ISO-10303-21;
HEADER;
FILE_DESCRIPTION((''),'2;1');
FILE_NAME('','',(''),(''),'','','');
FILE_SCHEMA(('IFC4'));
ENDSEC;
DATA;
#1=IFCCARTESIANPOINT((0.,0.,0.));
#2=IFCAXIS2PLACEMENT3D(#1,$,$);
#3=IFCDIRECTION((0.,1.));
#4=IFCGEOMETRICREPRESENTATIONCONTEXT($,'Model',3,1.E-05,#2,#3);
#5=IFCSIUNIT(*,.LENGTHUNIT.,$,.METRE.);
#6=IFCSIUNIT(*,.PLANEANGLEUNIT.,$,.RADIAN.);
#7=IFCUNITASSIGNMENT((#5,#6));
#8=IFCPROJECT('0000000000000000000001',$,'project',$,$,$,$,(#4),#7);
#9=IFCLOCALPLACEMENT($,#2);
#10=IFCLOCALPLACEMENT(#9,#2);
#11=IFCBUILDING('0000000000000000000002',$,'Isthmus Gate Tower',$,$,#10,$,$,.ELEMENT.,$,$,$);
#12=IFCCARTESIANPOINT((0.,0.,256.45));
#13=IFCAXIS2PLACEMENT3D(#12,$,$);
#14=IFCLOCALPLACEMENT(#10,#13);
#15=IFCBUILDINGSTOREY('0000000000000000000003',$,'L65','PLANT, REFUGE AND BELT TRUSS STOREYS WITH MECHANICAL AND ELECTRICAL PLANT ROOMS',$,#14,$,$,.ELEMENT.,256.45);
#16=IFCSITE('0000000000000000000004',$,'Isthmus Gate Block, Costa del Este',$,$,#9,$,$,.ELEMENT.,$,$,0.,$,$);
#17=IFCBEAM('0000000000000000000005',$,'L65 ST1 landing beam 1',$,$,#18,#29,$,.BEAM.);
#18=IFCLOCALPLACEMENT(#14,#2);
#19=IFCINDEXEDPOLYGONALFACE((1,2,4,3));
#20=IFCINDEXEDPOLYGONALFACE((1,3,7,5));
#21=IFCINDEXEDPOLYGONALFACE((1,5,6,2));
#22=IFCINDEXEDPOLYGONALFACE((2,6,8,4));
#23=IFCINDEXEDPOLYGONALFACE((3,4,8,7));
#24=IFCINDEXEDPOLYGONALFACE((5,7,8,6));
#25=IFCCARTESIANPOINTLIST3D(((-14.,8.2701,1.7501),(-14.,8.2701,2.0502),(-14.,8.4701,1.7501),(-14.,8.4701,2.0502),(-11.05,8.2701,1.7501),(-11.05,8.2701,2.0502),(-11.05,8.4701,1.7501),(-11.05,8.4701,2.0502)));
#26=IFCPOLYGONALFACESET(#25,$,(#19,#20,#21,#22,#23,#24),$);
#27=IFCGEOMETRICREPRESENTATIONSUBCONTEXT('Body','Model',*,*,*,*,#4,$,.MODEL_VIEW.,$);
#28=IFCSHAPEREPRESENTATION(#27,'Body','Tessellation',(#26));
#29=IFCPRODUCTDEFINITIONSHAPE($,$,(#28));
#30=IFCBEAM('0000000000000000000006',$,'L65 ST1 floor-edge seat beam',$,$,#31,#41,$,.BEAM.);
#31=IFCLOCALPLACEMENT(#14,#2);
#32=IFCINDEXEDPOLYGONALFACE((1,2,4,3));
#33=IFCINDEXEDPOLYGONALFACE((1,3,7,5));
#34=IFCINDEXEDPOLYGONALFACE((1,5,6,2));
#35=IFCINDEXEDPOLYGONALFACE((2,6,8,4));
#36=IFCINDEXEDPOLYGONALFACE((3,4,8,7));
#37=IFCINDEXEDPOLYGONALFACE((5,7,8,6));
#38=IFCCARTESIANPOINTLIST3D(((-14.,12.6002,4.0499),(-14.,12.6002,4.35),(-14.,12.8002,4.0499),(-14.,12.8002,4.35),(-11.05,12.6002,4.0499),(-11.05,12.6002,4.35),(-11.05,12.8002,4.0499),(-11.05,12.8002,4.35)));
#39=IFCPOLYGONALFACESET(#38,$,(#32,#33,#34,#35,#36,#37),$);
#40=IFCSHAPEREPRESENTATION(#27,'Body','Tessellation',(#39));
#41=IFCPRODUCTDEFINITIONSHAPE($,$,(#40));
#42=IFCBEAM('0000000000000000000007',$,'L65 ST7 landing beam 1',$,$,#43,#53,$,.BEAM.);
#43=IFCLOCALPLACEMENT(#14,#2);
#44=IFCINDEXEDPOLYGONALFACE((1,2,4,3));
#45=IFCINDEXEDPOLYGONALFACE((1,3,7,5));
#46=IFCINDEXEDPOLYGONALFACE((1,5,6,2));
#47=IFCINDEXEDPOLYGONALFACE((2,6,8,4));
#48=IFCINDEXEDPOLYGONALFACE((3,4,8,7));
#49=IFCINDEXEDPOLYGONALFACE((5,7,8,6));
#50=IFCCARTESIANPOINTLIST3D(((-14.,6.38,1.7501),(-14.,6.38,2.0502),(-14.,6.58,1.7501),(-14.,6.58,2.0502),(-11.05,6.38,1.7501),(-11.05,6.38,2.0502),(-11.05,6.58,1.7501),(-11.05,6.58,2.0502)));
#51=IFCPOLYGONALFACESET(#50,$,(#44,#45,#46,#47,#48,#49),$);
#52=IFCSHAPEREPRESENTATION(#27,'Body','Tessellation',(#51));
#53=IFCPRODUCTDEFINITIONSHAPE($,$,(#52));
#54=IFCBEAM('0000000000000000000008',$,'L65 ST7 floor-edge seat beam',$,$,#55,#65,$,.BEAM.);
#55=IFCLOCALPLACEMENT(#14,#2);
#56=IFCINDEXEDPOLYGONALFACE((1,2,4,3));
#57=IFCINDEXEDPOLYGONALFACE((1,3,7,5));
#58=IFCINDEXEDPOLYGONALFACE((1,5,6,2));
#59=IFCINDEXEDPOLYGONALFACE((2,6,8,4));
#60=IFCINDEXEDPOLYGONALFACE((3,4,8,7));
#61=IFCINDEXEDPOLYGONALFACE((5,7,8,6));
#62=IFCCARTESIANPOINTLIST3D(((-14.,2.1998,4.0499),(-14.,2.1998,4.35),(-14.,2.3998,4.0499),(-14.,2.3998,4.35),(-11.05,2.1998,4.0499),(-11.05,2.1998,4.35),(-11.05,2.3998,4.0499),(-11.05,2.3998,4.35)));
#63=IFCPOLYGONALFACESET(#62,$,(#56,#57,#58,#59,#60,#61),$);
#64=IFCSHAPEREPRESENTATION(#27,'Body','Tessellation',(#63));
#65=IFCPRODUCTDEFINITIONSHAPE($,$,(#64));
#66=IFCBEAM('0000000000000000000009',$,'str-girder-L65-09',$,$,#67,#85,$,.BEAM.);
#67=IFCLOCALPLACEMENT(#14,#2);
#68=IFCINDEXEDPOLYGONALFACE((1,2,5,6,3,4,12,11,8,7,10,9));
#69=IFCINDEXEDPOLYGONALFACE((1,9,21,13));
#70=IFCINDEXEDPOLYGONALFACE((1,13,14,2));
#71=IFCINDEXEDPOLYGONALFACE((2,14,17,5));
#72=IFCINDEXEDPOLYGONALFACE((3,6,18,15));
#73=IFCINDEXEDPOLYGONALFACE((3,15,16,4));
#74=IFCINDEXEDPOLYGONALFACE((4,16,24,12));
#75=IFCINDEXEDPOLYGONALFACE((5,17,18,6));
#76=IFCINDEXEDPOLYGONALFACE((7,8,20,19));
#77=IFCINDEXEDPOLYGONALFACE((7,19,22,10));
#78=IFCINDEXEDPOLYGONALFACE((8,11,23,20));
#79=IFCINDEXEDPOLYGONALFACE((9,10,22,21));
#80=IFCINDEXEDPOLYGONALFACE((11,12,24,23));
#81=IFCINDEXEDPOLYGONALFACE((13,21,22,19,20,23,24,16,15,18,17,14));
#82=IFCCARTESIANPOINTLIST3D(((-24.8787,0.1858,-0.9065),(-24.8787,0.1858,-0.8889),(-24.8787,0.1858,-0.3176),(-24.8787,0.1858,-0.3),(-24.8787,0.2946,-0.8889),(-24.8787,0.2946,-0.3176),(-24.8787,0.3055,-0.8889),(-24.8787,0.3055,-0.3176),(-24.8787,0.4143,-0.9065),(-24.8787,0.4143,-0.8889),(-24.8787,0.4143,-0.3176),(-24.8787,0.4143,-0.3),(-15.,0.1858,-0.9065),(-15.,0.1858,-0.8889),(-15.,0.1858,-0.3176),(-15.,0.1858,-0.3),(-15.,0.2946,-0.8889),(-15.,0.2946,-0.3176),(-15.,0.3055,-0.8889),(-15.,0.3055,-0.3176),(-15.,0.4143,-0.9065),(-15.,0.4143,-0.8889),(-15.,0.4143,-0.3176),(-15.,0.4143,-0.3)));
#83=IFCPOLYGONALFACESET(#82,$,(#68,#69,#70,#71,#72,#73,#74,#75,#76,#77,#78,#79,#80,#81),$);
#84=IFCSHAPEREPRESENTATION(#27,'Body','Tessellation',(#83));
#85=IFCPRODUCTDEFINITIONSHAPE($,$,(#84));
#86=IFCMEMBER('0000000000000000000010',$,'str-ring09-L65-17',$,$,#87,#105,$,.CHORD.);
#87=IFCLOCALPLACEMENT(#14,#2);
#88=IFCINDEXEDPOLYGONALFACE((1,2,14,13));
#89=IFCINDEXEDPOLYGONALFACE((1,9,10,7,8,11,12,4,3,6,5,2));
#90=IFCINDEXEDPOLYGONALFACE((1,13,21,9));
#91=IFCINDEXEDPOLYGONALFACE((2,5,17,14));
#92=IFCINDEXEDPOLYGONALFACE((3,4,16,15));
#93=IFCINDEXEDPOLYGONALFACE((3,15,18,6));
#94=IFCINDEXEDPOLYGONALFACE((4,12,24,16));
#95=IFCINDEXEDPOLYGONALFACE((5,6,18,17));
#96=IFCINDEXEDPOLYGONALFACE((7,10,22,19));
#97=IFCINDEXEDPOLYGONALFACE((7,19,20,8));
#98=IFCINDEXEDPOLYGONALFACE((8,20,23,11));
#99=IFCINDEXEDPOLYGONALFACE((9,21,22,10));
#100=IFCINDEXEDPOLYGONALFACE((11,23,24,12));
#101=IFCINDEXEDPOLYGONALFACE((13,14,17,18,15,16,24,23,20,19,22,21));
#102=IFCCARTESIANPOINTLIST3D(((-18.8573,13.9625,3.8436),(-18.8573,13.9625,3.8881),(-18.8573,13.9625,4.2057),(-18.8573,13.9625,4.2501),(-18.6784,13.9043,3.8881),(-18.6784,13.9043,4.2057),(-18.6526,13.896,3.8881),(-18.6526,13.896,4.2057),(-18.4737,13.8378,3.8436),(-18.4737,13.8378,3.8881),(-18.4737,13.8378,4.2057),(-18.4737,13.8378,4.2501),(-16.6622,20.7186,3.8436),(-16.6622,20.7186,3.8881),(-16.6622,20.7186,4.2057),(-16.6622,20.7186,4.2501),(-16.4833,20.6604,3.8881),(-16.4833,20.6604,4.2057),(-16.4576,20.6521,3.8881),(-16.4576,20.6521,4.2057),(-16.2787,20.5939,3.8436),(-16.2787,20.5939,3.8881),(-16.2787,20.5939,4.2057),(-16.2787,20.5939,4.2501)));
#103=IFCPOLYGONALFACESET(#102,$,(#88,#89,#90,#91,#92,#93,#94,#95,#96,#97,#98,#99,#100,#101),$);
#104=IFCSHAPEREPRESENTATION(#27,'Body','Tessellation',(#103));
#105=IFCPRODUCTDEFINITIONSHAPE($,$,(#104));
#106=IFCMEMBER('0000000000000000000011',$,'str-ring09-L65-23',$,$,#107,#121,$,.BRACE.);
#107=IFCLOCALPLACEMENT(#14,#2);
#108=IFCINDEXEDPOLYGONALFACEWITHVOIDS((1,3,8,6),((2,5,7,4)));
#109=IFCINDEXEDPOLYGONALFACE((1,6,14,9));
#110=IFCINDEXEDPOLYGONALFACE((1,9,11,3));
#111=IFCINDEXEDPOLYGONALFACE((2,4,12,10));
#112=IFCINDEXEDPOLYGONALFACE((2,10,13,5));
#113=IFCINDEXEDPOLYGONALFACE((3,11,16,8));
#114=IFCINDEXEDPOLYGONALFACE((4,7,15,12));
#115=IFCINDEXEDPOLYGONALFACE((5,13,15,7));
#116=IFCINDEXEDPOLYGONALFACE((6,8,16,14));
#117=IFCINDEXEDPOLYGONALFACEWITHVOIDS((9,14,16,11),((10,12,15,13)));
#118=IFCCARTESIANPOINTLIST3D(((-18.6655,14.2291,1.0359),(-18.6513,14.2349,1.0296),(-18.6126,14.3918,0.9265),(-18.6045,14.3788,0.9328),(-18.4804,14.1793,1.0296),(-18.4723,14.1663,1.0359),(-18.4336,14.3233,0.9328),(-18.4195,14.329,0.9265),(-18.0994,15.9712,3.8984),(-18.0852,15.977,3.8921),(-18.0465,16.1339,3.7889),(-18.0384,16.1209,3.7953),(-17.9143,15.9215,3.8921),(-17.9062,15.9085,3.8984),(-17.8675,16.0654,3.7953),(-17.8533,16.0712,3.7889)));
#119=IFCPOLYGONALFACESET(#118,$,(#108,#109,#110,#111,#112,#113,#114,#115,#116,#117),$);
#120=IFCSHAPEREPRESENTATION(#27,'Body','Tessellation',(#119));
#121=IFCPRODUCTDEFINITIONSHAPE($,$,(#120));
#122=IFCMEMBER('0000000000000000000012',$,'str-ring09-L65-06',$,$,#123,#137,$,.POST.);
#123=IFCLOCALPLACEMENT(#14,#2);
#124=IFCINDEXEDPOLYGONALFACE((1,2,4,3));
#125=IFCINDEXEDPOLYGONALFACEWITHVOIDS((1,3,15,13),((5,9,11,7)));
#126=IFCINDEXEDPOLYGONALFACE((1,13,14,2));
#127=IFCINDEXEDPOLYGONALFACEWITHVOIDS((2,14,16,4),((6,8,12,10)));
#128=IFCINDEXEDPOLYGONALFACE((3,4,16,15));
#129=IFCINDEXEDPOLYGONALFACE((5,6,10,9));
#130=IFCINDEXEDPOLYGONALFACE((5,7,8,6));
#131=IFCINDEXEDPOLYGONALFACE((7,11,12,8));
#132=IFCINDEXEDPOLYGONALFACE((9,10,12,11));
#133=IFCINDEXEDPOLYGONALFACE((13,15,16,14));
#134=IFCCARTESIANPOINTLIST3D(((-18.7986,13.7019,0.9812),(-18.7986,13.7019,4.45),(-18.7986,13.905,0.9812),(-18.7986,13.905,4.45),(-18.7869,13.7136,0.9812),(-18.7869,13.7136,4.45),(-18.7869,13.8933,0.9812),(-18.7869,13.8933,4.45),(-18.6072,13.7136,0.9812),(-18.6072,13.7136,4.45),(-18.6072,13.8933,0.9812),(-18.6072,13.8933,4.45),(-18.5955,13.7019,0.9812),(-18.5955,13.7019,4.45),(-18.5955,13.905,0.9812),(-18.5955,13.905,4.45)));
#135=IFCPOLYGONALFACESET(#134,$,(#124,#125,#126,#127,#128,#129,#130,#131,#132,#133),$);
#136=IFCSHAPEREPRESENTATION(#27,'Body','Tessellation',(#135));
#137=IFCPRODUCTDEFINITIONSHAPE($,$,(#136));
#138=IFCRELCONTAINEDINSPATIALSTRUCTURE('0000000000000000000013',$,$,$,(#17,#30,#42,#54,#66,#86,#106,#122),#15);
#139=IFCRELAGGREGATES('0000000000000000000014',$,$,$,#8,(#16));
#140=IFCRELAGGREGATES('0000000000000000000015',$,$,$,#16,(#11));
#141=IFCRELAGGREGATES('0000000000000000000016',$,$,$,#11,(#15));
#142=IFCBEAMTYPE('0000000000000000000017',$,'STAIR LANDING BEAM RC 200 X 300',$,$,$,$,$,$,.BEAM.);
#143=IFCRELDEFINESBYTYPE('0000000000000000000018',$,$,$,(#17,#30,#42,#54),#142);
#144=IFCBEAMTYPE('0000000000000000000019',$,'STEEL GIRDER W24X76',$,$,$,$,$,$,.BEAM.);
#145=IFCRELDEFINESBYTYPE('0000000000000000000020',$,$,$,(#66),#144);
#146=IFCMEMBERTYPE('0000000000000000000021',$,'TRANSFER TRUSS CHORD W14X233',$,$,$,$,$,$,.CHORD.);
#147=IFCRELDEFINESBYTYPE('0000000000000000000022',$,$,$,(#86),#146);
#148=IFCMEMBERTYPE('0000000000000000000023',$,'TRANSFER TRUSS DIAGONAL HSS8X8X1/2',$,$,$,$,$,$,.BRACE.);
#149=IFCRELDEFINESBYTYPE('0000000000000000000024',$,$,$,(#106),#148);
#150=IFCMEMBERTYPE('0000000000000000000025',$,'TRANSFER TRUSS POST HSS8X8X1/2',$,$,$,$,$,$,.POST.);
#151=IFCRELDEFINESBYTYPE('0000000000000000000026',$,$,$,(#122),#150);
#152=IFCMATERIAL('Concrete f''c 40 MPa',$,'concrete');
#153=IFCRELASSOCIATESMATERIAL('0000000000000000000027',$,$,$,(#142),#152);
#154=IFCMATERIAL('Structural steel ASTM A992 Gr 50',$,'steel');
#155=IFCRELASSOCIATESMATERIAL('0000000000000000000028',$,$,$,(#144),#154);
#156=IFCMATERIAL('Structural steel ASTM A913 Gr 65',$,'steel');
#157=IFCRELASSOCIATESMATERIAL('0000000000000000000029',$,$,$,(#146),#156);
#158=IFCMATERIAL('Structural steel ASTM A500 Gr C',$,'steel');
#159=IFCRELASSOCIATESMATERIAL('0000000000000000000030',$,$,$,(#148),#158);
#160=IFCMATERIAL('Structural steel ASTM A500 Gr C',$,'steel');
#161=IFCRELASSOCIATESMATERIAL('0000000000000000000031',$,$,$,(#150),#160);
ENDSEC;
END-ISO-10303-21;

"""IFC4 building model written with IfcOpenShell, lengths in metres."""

from ifc_helpers import new_model, si_unit, direction, frame, origin, origin_2d, place, context, subcontext, project, spatial, rectangle, hollow_rectangle, i_section, extrude, material, material_profile, profile_set, type_object, element, save


model = new_model("IFC4")

# Units and contexts
model_context = context("Model", 3, precision=1e-05, world=origin(), true_north=direction((0.0, 1.0)))
body_context = subcontext(model_context, "Body", "Model", "MODEL_VIEW")
ifc_project = project(units=[si_unit("LENGTHUNIT", "METRE"), si_unit("PLANEANGLEUNIT", "RADIAN")], contexts=[model_context])

# Site, building, storey
site_placement = place(None, origin())
site = spatial("IfcSite", under=ifc_project, at=site_placement, Name="Isthmus Gate Block, Costa del Este", CompositionType="ELEMENT", RefElevation=0.0)
building_placement = place(site_placement, origin())
building = spatial("IfcBuilding", under=site, at=building_placement, Name="Isthmus Gate Tower", CompositionType="ELEMENT")
storey_placement = place(building_placement, frame((0.0, 0.0, 256.45)))
storey = spatial("IfcBuildingStorey", under=building, at=storey_placement, Name="L65", Description="PLANT, REFUGE AND BELT TRUSS STOREYS WITH MECHANICAL AND ELECTRICAL PLANT ROOMS", CompositionType="ELEMENT", Elevation=256.45)

# Beams
ifc_material_1 = material(Name="Concrete f'c 40 MPa", Category="concrete")
ifc_material_profile_1 = material_profile(ifc_material_1, rectangle(XDim=0.2, YDim=0.3, at=origin_2d()), Name="STAIR LANDING BEAM RC 200 X 300")
ifc_profile_set_1 = profile_set([ifc_material_profile_1], Name="Concrete f'c 40 MPa")
beam_type_1 = type_object("IfcBeamType", Name="STAIR LANDING BEAM RC 200 X 300", PredefinedType="BEAM", material=ifc_profile_set_1)
for number, where, z_axis, x_axis, name in (
    (1, (-14.0, 8.3701, 1.9001), (1.0, 0.0, 0.0), (0.0, 1.0, 0.0), "L65 ST1 landing beam 1"),
    (2, (-14.0, 12.7002, 4.2), (1.0, 0.0, 0.0), (0.0, 1.0, 0.0), "L65 ST1 floor-edge seat beam"),
    (3, (-14.0, 6.48, 1.9001), (1.0, 0.0, 0.0), (0.0, 1.0, 0.0), "L65 ST7 landing beam 1"),
    (4, (-14.0, 2.2998, 4.2), (1.0, 0.0, 0.0), (0.0, 1.0, 0.0), "L65 ST7 floor-edge seat beam"),
):
    element("IfcBeam", number, at=place(storey_placement, frame(where, z_axis=z_axis, x_axis=x_axis)), inside=storey, type_object=beam_type_1, Name=name, PredefinedType="BEAM", context=body_context, shape_type="SweptSolid", body=[
        extrude(rectangle(XDim=0.2, YDim=0.3, at=origin_2d()), origin(), (0.0, 0.0, 1.0), 2.95),
    ])
ifc_material_2 = material(Name="Structural steel ASTM A992 Gr 50", Category="steel")
ifc_material_profile_2 = material_profile(ifc_material_2, i_section(OverallWidth=0.2285, OverallDepth=0.6064, WebThickness=0.011, FlangeThickness=0.0176, at=origin_2d()), Name="W24X76")
ifc_profile_set_2 = profile_set([ifc_material_profile_2], Name="Structural steel ASTM A992 Gr 50")
beam_type_2 = type_object("IfcBeamType", Name="STEEL GIRDER W24X76", PredefinedType="BEAM", material=ifc_profile_set_2)
beam_placement = place(storey_placement, frame((-15.0, 0.3, -0.6033), z_axis=(-1.0, 0.0, 0.0), x_axis=(0.0, -1.0, 0.0)))
element("IfcBeam", 5, at=beam_placement, inside=storey, type_object=beam_type_2, Name="str-girder-L65-09", PredefinedType="BEAM", context=body_context, shape_type="SweptSolid", body=[
    extrude(i_section(OverallWidth=0.2285, OverallDepth=0.6064, WebThickness=0.011, FlangeThickness=0.0176, at=origin_2d()), origin(), (0.0, 0.0, 1.0), 9.8787),
])

# Members
ifc_material_3 = material(Name="Structural steel ASTM A913 Gr 65", Category="steel")
ifc_material_profile_3 = material_profile(ifc_material_3, i_section(OverallWidth=0.4033, OverallDepth=0.4065, WebThickness=0.0271, FlangeThickness=0.0444, at=origin_2d()), Name="W14X233")
ifc_profile_set_3 = profile_set([ifc_material_profile_3], Name="Structural steel ASTM A913 Gr 65")
member_type_1 = type_object("IfcMemberType", Name="TRANSFER TRUSS CHORD W14X233", PredefinedType="CHORD", material=ifc_profile_set_3)
member_1_placement = place(storey_placement, frame((-18.6655, 13.9001, 4.0469), z_axis=(0.309001, 0.951062, 0.0), x_axis=(-0.951062, 0.309001, 0.0)))
element("IfcMember", 6, at=member_1_placement, inside=storey, type_object=member_type_1, Name="str-ring09-L65-17", PredefinedType="CHORD", context=body_context, shape_type="SweptSolid", body=[
    extrude(i_section(OverallWidth=0.4033, OverallDepth=0.4065, WebThickness=0.0271, FlangeThickness=0.0444, at=origin_2d()), origin(), (0.0, 0.0, 1.0), 7.1038),
])
ifc_material_4 = material(Name="Structural steel ASTM A500 Gr C", Category="steel")
ifc_material_profile_4 = material_profile(ifc_material_4, hollow_rectangle(XDim=0.2031, YDim=0.2031, WallThickness=0.0117, at=origin_2d()), Name="HSS8X8X1/2")
ifc_profile_set_4 = profile_set([ifc_material_profile_4], Name="Structural steel ASTM A500 Gr C")
member_type_2 = type_object("IfcMemberType", Name="TRANSFER TRUSS DIAGONAL HSS8X8X1/2", PredefinedType="BRACE", material=ifc_profile_set_4)
member_2_placement = place(storey_placement, frame((-18.5425, 14.2791, 0.9812), z_axis=(0.166591, 0.512631, 0.842293), x_axis=(-0.951042, 0.309062, 0.0)))
element("IfcMember", 7, at=member_2_placement, inside=storey, type_object=member_type_2, Name="str-ring09-L65-23", PredefinedType="BRACE", context=body_context, shape_type="SweptSolid", body=[
    extrude(hollow_rectangle(XDim=0.2031, YDim=0.2031, WallThickness=0.0117, at=origin_2d()), origin(), (0.0, 0.0, 1.0), 3.3984),
])
ifc_material_5 = material(Name="Structural steel ASTM A500 Gr C", Category="steel")
ifc_material_profile_5 = material_profile(ifc_material_5, hollow_rectangle(XDim=0.2031, YDim=0.2031, WallThickness=0.0117, at=origin_2d()), Name="HSS8X8X1/2")
ifc_profile_set_5 = profile_set([ifc_material_profile_5], Name="Structural steel ASTM A500 Gr C")
member_type_3 = type_object("IfcMemberType", Name="TRANSFER TRUSS POST HSS8X8X1/2", PredefinedType="POST", material=ifc_profile_set_5)
member_3_placement = place(storey_placement, frame((-18.697, 13.8035, 0.9812), z_axis=(0.0, 0.0, 1.0), x_axis=(1.0, 0.0, 0.0)))
element("IfcMember", 8, at=member_3_placement, inside=storey, type_object=member_type_3, Name="str-ring09-L65-06", PredefinedType="POST", context=body_context, shape_type="SweptSolid", body=[
    extrude(hollow_rectangle(XDim=0.2031, YDim=0.2031, WallThickness=0.0117, at=origin_2d()), origin(), (0.0, 0.0, 1.0), 3.4688),
])

save(model, "model.ifc")
